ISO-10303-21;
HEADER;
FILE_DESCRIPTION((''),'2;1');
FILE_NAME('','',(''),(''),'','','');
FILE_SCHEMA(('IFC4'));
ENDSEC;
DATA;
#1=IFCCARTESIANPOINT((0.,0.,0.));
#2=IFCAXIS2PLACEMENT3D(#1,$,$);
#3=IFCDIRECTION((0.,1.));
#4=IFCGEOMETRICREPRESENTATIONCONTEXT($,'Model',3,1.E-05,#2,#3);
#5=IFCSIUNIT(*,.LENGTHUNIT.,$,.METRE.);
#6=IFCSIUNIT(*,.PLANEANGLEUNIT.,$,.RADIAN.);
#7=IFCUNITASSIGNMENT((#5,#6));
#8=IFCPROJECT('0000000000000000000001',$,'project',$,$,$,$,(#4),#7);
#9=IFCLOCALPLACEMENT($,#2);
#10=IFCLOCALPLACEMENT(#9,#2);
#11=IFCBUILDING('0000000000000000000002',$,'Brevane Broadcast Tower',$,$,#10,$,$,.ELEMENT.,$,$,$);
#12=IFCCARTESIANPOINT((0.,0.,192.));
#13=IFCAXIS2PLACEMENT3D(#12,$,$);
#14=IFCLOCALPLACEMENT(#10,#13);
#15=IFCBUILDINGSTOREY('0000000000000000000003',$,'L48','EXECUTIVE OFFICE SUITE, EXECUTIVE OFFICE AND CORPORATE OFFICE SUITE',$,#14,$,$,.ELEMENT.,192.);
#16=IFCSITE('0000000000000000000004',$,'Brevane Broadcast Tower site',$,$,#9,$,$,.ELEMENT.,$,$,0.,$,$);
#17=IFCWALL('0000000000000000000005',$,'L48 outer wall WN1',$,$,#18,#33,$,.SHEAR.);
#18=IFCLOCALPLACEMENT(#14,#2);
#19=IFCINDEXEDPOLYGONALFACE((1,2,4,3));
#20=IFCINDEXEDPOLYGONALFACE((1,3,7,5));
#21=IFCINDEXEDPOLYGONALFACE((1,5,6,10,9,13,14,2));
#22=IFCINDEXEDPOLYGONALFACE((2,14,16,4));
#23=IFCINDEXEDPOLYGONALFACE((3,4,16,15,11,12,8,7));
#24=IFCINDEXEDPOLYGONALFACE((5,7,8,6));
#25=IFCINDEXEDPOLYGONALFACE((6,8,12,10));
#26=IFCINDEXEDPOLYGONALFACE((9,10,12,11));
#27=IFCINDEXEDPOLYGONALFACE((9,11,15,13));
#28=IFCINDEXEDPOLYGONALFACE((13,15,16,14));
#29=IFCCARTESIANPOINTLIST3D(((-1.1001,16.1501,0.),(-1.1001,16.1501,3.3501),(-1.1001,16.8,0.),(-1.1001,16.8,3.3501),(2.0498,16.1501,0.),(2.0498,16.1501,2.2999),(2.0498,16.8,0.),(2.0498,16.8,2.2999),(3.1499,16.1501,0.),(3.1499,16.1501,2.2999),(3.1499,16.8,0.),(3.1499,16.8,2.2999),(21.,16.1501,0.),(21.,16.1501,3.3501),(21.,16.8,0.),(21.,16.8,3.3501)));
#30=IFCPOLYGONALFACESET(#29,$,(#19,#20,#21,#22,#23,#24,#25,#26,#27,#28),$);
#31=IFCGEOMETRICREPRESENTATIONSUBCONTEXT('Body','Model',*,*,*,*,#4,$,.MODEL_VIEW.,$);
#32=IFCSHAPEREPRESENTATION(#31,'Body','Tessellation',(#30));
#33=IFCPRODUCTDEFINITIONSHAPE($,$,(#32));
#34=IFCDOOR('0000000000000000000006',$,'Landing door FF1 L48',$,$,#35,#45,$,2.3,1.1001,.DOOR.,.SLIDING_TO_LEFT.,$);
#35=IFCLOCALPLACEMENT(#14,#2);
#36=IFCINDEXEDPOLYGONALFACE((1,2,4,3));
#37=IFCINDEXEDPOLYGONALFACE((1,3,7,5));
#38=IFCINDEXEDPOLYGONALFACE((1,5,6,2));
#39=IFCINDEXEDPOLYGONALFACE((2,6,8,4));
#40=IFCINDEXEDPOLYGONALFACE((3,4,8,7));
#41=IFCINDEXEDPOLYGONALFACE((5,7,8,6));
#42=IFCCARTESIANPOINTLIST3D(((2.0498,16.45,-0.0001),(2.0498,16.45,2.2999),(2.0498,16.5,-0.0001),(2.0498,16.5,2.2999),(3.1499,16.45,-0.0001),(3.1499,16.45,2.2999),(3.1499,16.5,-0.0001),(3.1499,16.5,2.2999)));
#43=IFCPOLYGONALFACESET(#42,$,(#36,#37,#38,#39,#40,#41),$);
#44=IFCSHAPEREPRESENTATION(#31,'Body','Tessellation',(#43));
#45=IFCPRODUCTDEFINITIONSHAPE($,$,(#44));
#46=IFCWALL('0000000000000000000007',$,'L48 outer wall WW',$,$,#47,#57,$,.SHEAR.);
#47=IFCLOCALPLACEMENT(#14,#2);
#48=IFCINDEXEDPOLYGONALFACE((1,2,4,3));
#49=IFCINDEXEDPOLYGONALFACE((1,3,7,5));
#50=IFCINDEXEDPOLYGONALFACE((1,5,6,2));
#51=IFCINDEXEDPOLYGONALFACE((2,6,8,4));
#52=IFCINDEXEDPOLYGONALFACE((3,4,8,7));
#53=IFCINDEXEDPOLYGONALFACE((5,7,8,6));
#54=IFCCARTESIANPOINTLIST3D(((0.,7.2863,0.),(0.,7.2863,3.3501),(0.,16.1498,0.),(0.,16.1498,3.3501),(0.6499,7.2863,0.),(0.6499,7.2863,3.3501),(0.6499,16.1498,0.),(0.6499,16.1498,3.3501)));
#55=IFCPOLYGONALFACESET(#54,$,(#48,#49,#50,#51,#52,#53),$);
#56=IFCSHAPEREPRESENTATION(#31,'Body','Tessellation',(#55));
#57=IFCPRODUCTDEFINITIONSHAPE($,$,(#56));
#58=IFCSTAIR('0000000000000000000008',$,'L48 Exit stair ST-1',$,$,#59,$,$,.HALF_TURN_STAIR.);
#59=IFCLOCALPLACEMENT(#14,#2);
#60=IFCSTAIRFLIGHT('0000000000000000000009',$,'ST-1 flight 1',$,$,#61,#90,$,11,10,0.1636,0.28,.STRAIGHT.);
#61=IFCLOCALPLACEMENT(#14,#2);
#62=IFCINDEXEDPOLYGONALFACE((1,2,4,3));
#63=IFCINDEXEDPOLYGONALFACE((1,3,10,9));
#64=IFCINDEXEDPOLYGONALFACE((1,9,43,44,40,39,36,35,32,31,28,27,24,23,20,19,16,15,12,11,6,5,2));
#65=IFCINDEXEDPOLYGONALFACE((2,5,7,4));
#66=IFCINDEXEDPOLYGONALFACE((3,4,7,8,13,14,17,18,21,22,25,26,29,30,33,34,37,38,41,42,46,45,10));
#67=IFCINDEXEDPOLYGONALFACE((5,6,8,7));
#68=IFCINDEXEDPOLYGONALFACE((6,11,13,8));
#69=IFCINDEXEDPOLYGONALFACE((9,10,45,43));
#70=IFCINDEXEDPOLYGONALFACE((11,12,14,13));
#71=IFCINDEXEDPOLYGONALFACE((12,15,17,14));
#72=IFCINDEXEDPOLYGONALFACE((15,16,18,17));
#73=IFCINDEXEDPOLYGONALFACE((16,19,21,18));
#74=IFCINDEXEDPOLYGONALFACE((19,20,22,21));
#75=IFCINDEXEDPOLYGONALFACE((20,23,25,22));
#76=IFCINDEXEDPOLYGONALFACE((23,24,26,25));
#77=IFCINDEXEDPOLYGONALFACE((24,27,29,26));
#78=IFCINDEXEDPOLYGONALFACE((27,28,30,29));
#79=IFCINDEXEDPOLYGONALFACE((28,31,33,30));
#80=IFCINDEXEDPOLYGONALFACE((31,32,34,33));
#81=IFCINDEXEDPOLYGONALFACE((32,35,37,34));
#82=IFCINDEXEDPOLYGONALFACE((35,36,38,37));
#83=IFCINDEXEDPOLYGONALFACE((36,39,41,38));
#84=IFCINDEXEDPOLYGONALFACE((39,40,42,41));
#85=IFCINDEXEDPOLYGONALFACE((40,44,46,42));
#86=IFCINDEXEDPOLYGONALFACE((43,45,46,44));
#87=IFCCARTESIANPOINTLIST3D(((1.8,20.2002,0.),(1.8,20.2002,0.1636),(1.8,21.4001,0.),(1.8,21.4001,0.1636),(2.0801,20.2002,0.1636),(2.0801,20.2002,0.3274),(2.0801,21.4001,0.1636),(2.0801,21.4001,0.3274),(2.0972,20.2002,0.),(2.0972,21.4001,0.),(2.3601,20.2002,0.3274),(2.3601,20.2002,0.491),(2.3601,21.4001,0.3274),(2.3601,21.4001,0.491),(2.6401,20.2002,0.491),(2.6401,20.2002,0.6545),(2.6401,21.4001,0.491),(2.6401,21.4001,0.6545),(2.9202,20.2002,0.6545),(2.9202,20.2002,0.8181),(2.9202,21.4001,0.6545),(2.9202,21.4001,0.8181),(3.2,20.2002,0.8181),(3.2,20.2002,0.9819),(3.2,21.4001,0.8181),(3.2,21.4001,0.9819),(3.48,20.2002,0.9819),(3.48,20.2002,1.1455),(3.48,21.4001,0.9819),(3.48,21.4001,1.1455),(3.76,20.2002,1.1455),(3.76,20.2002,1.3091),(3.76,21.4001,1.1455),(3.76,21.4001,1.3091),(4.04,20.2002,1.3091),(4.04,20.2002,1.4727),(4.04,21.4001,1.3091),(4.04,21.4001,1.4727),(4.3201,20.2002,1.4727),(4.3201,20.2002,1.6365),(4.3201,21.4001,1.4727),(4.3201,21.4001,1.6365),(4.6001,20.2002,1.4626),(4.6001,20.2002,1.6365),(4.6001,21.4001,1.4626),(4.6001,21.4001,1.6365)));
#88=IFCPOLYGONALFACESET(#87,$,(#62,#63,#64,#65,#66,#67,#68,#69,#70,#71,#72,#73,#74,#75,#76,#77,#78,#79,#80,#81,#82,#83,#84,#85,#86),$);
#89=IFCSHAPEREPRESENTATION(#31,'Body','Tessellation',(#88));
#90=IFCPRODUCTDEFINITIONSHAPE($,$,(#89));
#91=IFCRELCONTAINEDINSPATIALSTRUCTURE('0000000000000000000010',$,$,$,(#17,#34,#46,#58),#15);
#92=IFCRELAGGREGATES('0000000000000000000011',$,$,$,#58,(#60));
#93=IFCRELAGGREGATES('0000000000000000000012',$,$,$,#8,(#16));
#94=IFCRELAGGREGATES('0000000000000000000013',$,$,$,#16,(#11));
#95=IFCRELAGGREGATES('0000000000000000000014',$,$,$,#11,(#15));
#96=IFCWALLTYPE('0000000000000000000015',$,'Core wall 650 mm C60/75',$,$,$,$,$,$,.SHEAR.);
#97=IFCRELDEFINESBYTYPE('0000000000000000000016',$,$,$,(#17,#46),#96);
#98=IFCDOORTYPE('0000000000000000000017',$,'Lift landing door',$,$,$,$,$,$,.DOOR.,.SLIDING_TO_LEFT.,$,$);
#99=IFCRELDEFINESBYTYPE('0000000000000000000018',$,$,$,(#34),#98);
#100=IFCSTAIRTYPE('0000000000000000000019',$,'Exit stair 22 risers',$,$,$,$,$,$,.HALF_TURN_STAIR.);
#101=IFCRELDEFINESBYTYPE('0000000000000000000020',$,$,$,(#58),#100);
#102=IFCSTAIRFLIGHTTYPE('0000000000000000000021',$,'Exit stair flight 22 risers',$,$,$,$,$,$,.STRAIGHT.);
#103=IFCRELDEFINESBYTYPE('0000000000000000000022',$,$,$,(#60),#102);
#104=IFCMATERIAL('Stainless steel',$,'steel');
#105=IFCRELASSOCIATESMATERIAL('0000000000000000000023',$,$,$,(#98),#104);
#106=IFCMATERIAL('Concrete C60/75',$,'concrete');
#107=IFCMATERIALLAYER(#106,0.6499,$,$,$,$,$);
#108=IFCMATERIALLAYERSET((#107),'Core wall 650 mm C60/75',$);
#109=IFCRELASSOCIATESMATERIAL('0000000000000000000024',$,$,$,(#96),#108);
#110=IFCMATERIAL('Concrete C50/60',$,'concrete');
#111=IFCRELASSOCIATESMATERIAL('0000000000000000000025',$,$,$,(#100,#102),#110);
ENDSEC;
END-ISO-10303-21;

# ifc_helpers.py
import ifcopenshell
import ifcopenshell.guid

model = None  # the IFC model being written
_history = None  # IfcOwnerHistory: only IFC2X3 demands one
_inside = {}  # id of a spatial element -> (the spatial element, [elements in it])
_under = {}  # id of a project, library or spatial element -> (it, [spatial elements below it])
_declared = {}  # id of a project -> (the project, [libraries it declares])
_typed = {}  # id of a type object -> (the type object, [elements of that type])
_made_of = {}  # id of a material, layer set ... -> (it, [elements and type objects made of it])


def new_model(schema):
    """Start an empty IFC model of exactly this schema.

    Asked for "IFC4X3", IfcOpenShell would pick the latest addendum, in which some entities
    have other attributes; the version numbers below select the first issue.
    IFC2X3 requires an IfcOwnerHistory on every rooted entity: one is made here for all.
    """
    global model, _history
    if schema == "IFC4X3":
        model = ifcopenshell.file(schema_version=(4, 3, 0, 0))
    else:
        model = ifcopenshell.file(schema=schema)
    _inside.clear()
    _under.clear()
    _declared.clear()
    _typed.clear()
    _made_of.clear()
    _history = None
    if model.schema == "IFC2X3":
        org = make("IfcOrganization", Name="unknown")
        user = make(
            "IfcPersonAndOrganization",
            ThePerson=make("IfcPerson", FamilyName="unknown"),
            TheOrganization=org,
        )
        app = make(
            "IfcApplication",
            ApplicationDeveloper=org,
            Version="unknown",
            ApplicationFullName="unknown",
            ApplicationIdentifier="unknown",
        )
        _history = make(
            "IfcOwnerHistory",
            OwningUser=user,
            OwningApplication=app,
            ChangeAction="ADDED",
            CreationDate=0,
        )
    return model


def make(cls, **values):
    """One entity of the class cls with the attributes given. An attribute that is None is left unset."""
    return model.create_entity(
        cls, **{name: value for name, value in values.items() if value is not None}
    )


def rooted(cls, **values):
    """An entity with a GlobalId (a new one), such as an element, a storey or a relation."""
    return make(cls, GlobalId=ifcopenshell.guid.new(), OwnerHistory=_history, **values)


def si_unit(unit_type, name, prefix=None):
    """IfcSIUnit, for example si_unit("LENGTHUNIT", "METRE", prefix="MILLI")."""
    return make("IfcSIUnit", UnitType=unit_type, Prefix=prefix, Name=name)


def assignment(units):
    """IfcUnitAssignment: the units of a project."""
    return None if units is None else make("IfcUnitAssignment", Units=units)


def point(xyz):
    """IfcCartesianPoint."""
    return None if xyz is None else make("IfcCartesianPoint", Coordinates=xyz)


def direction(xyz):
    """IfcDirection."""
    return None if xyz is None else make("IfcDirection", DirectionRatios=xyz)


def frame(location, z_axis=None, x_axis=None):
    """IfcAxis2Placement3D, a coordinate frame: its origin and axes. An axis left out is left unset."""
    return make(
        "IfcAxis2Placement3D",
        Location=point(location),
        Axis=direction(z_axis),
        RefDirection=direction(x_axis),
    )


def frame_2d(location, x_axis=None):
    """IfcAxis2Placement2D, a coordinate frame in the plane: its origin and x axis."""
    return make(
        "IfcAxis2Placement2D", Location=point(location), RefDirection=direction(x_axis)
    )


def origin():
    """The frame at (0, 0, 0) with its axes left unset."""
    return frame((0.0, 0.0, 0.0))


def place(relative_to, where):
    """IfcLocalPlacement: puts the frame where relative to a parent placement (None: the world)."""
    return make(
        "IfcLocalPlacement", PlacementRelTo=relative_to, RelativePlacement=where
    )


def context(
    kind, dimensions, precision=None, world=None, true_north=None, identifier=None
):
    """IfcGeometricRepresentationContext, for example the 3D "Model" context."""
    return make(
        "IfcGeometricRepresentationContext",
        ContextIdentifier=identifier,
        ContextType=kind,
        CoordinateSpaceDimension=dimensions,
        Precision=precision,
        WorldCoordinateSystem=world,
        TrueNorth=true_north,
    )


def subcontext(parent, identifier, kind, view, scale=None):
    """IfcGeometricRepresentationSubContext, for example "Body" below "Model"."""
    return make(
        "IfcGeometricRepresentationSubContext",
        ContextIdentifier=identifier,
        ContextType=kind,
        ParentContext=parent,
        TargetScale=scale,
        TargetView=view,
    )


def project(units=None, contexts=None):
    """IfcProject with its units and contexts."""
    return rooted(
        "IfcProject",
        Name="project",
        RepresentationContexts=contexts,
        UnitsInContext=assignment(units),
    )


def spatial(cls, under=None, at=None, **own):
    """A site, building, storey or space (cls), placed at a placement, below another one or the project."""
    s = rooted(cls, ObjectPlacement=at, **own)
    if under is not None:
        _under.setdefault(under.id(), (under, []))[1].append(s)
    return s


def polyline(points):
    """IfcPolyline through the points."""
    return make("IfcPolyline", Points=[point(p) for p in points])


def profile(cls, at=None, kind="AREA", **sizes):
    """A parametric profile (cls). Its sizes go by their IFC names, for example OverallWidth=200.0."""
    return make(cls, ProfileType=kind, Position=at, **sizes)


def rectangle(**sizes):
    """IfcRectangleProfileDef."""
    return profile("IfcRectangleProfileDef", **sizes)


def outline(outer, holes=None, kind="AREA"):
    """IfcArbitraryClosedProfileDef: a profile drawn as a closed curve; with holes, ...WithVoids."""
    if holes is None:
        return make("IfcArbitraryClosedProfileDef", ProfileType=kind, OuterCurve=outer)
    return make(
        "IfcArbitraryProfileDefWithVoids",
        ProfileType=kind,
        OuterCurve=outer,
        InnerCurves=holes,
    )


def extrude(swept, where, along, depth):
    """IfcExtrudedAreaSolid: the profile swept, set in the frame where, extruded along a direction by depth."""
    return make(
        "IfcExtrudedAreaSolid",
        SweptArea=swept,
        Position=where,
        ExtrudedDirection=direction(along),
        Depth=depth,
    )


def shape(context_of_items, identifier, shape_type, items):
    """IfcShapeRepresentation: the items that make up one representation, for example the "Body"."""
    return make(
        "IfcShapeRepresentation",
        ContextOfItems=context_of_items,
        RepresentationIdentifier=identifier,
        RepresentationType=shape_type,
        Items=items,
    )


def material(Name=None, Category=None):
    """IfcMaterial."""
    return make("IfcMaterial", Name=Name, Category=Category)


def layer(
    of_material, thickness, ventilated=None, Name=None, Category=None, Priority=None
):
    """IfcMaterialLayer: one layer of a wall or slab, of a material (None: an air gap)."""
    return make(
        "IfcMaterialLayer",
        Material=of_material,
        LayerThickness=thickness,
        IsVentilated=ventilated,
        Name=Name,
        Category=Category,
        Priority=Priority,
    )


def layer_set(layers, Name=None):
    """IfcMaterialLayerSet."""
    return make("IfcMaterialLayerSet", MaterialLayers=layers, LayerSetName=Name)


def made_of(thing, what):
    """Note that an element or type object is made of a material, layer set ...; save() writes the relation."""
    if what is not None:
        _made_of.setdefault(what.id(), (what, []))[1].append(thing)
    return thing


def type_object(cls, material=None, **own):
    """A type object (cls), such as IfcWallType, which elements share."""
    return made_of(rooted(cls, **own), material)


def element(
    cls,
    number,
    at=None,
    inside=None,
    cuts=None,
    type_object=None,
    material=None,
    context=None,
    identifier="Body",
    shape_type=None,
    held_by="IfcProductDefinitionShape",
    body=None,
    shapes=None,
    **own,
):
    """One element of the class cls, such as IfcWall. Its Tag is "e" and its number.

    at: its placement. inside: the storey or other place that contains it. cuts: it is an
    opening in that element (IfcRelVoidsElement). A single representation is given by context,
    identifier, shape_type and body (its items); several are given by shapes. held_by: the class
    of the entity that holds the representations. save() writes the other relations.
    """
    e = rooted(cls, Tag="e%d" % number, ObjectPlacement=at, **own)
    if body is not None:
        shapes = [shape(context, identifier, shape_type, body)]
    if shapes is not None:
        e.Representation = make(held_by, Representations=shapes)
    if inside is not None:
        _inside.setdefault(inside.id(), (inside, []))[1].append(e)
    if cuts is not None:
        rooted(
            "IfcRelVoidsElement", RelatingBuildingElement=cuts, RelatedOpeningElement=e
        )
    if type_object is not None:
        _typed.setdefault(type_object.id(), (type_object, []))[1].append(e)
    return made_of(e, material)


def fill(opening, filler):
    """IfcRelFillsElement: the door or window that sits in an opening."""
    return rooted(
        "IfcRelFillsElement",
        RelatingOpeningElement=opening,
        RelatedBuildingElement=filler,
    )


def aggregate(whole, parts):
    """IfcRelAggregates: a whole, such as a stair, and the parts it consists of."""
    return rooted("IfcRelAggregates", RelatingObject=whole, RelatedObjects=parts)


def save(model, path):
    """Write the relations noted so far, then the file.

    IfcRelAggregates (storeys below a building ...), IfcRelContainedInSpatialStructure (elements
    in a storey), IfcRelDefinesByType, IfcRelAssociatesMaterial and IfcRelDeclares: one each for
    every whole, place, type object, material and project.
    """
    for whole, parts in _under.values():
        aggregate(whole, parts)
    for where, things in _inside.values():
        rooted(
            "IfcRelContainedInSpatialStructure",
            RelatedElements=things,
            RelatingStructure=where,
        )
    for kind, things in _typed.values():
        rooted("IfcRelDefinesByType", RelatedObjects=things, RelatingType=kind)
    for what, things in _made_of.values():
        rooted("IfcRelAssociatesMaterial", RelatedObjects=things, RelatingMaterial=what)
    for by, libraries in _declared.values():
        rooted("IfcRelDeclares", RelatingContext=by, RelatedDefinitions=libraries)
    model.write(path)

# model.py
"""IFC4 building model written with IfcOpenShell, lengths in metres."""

from ifc_helpers import new_model, si_unit, direction, frame, frame_2d, origin, place, context, subcontext, project, spatial, polyline, rectangle, outline, extrude, material, layer, layer_set, type_object, element, fill, aggregate, save


model = new_model("IFC4")

# Units and contexts
model_context = context("Model", 3, precision=1e-05, world=origin(), true_north=direction((0.0, 1.0)))
body_context = subcontext(model_context, "Body", "Model", "MODEL_VIEW")
ifc_project = project(units=[si_unit("LENGTHUNIT", "METRE"), si_unit("PLANEANGLEUNIT", "RADIAN")], contexts=[model_context])

# Site, building, storey
site_placement = place(None, origin())
site = spatial("IfcSite", under=ifc_project, at=site_placement, Name="Brevane Broadcast Tower site", CompositionType="ELEMENT", RefElevation=0.0)
building_placement = place(site_placement, origin())
building = spatial("IfcBuilding", under=site, at=building_placement, Name="Brevane Broadcast Tower", CompositionType="ELEMENT")
storey_placement = place(building_placement, frame((0.0, 0.0, 192.0)))
storey = spatial("IfcBuildingStorey", under=building, at=storey_placement, Name="L48", Description="EXECUTIVE OFFICE SUITE, EXECUTIVE OFFICE AND CORPORATE OFFICE SUITE", CompositionType="ELEMENT", Elevation=192.0)

# Shared definitions
ifc_material_1 = material(Name="Concrete C60/75", Category="concrete")
ifc_material_2 = material(Name="Stainless steel", Category="steel")
door_type_1 = type_object("IfcDoorType", Name="Lift landing door", OperationType="SLIDING_TO_LEFT", PredefinedType="DOOR", material=ifc_material_2)

# Wall, opening, door
ifc_layer_1 = layer(ifc_material_1, 0.6499)
ifc_layer_set_1 = layer_set([ifc_layer_1], Name="Core wall 650 mm C60/75")
wall_type_1 = type_object("IfcWallType", Name="Core wall 650 mm C60/75", PredefinedType="SHEAR", material=ifc_layer_set_1)
wall_1_placement = place(storey_placement, frame((-1.1001, 16.4751, 0.0), z_axis=(0.0, 0.0, 1.0), x_axis=(1.0, 0.0, 0.0)))
wall_1 = element("IfcWall", 1, at=wall_1_placement, inside=storey, type_object=wall_type_1, Name="L48 outer wall WN1", PredefinedType="SHEAR", context=body_context, shape_type="SweptSolid", body=[
    extrude(rectangle(XDim=22.1001, YDim=0.6499, at=frame_2d((11.05, 0.0))), origin(), (0.0, 0.0, 1.0), 3.3501),
])
opening_1_placement = place(wall_1_placement, frame((3.1499, 0.0, 0.0)))
opening_1 = element("IfcOpeningElement", 2, at=opening_1_placement, cuts=wall_1, PredefinedType="OPENING", context=body_context, shape_type="SweptSolid", body=[
    extrude(rectangle(XDim=1.1001, YDim=2.3, at=frame_2d((0.55, 1.1499))), frame((0.0, 0.335, 0.0), z_axis=(0.0, -1.0, 0.0), x_axis=(1.0, 0.0, 0.0)), (0.0, 0.0, 1.0), 0.6699),
])
door_1_placement = place(opening_1_placement, origin())
door_1 = element("IfcDoor", 3, at=door_1_placement, inside=storey, type_object=door_type_1, Name="Landing door FF1 L48", OperationType="SLIDING_TO_LEFT", OverallHeight=2.3, OverallWidth=1.1001, PredefinedType="DOOR", context=body_context, shape_type="SweptSolid", body=[
    extrude(rectangle(XDim=1.1001, YDim=2.3, at=frame_2d((0.55, 1.1499))), frame((0.0, 0.0249, 0.0), z_axis=(0.0, -1.0, 0.0), x_axis=(1.0, 0.0, 0.0)), (0.0, 0.0, 1.0), 0.05),
])
fill(opening_1, door_1)

# Wall
wall_2_placement = place(storey_placement, frame((0.325, 7.2864, 0.0), z_axis=(0.0, 0.0, 1.0), x_axis=(0.0, 1.0, 0.0)))
element("IfcWall", 4, at=wall_2_placement, inside=storey, type_object=wall_type_1, Name="L48 outer wall WW", PredefinedType="SHEAR", context=body_context, shape_type="SweptSolid", body=[
    extrude(rectangle(XDim=8.8635, YDim=0.6499, at=frame_2d((4.4316, 0.0))), origin(), (0.0, 0.0, 1.0), 3.3501),
])

# Stair, stair flight
ifc_material_3 = material(Name="Concrete C50/60", Category="concrete")
stair_type = type_object("IfcStairType", Name="Exit stair 22 risers", PredefinedType="HALF_TURN_STAIR", material=ifc_material_3)
stair_placement = place(storey_placement, origin())
stair = element("IfcStair", 5, at=stair_placement, inside=storey, type_object=stair_type, Name="L48 Exit stair ST-1", PredefinedType="HALF_TURN_STAIR")
stair_flight_type = type_object("IfcStairFlightType", Name="Exit stair flight 22 risers", PredefinedType="STRAIGHT", material=ifc_material_3)
stair_flight_placement = place(storey_placement, frame((1.8, 20.8, 0.0), z_axis=(0.0, 0.0, 1.0), x_axis=(1.0, 0.0, 0.0)))
stair_flight = element("IfcStairFlight", 6, at=stair_flight_placement, type_object=stair_flight_type, Name="ST-1 flight 1", NumberOfRisers=11, NumberOfTreads=10, PredefinedType="STRAIGHT", RiserHeight=0.1636, TreadLength=0.28, context=body_context, shape_type="SweptSolid", body=[
    extrude(outline(polyline([(0.0, 0.0), (0.0, 0.1636), (0.28, 0.1636), (0.28, 0.3274), (0.5601, 0.3274), (0.5601, 0.491), (0.8401, 0.491), (0.8401, 0.6545), (1.1201, 0.6545), (1.1201, 0.8181), (1.3999, 0.8181), (1.3999, 0.9819), (1.6799, 0.9819), (1.6799, 1.1455), (1.96, 1.1455), (1.96, 1.3091), (2.24, 1.3091), (2.24, 1.4727), (2.52, 1.4727), (2.52, 1.6365), (2.8, 1.6365), (2.8, 1.8), (2.8, 1.4626), (0.2971, 0.0), (0.0, 0.0)])), frame((0.0, 0.6001, 0.0), z_axis=(0.0, -1.0, 0.0), x_axis=(1.0, 0.0, 0.0)), (0.0, 0.0, 1.0), 1.2),
])
aggregate(stair, [stair_flight])

save(model, "model.ifc")
